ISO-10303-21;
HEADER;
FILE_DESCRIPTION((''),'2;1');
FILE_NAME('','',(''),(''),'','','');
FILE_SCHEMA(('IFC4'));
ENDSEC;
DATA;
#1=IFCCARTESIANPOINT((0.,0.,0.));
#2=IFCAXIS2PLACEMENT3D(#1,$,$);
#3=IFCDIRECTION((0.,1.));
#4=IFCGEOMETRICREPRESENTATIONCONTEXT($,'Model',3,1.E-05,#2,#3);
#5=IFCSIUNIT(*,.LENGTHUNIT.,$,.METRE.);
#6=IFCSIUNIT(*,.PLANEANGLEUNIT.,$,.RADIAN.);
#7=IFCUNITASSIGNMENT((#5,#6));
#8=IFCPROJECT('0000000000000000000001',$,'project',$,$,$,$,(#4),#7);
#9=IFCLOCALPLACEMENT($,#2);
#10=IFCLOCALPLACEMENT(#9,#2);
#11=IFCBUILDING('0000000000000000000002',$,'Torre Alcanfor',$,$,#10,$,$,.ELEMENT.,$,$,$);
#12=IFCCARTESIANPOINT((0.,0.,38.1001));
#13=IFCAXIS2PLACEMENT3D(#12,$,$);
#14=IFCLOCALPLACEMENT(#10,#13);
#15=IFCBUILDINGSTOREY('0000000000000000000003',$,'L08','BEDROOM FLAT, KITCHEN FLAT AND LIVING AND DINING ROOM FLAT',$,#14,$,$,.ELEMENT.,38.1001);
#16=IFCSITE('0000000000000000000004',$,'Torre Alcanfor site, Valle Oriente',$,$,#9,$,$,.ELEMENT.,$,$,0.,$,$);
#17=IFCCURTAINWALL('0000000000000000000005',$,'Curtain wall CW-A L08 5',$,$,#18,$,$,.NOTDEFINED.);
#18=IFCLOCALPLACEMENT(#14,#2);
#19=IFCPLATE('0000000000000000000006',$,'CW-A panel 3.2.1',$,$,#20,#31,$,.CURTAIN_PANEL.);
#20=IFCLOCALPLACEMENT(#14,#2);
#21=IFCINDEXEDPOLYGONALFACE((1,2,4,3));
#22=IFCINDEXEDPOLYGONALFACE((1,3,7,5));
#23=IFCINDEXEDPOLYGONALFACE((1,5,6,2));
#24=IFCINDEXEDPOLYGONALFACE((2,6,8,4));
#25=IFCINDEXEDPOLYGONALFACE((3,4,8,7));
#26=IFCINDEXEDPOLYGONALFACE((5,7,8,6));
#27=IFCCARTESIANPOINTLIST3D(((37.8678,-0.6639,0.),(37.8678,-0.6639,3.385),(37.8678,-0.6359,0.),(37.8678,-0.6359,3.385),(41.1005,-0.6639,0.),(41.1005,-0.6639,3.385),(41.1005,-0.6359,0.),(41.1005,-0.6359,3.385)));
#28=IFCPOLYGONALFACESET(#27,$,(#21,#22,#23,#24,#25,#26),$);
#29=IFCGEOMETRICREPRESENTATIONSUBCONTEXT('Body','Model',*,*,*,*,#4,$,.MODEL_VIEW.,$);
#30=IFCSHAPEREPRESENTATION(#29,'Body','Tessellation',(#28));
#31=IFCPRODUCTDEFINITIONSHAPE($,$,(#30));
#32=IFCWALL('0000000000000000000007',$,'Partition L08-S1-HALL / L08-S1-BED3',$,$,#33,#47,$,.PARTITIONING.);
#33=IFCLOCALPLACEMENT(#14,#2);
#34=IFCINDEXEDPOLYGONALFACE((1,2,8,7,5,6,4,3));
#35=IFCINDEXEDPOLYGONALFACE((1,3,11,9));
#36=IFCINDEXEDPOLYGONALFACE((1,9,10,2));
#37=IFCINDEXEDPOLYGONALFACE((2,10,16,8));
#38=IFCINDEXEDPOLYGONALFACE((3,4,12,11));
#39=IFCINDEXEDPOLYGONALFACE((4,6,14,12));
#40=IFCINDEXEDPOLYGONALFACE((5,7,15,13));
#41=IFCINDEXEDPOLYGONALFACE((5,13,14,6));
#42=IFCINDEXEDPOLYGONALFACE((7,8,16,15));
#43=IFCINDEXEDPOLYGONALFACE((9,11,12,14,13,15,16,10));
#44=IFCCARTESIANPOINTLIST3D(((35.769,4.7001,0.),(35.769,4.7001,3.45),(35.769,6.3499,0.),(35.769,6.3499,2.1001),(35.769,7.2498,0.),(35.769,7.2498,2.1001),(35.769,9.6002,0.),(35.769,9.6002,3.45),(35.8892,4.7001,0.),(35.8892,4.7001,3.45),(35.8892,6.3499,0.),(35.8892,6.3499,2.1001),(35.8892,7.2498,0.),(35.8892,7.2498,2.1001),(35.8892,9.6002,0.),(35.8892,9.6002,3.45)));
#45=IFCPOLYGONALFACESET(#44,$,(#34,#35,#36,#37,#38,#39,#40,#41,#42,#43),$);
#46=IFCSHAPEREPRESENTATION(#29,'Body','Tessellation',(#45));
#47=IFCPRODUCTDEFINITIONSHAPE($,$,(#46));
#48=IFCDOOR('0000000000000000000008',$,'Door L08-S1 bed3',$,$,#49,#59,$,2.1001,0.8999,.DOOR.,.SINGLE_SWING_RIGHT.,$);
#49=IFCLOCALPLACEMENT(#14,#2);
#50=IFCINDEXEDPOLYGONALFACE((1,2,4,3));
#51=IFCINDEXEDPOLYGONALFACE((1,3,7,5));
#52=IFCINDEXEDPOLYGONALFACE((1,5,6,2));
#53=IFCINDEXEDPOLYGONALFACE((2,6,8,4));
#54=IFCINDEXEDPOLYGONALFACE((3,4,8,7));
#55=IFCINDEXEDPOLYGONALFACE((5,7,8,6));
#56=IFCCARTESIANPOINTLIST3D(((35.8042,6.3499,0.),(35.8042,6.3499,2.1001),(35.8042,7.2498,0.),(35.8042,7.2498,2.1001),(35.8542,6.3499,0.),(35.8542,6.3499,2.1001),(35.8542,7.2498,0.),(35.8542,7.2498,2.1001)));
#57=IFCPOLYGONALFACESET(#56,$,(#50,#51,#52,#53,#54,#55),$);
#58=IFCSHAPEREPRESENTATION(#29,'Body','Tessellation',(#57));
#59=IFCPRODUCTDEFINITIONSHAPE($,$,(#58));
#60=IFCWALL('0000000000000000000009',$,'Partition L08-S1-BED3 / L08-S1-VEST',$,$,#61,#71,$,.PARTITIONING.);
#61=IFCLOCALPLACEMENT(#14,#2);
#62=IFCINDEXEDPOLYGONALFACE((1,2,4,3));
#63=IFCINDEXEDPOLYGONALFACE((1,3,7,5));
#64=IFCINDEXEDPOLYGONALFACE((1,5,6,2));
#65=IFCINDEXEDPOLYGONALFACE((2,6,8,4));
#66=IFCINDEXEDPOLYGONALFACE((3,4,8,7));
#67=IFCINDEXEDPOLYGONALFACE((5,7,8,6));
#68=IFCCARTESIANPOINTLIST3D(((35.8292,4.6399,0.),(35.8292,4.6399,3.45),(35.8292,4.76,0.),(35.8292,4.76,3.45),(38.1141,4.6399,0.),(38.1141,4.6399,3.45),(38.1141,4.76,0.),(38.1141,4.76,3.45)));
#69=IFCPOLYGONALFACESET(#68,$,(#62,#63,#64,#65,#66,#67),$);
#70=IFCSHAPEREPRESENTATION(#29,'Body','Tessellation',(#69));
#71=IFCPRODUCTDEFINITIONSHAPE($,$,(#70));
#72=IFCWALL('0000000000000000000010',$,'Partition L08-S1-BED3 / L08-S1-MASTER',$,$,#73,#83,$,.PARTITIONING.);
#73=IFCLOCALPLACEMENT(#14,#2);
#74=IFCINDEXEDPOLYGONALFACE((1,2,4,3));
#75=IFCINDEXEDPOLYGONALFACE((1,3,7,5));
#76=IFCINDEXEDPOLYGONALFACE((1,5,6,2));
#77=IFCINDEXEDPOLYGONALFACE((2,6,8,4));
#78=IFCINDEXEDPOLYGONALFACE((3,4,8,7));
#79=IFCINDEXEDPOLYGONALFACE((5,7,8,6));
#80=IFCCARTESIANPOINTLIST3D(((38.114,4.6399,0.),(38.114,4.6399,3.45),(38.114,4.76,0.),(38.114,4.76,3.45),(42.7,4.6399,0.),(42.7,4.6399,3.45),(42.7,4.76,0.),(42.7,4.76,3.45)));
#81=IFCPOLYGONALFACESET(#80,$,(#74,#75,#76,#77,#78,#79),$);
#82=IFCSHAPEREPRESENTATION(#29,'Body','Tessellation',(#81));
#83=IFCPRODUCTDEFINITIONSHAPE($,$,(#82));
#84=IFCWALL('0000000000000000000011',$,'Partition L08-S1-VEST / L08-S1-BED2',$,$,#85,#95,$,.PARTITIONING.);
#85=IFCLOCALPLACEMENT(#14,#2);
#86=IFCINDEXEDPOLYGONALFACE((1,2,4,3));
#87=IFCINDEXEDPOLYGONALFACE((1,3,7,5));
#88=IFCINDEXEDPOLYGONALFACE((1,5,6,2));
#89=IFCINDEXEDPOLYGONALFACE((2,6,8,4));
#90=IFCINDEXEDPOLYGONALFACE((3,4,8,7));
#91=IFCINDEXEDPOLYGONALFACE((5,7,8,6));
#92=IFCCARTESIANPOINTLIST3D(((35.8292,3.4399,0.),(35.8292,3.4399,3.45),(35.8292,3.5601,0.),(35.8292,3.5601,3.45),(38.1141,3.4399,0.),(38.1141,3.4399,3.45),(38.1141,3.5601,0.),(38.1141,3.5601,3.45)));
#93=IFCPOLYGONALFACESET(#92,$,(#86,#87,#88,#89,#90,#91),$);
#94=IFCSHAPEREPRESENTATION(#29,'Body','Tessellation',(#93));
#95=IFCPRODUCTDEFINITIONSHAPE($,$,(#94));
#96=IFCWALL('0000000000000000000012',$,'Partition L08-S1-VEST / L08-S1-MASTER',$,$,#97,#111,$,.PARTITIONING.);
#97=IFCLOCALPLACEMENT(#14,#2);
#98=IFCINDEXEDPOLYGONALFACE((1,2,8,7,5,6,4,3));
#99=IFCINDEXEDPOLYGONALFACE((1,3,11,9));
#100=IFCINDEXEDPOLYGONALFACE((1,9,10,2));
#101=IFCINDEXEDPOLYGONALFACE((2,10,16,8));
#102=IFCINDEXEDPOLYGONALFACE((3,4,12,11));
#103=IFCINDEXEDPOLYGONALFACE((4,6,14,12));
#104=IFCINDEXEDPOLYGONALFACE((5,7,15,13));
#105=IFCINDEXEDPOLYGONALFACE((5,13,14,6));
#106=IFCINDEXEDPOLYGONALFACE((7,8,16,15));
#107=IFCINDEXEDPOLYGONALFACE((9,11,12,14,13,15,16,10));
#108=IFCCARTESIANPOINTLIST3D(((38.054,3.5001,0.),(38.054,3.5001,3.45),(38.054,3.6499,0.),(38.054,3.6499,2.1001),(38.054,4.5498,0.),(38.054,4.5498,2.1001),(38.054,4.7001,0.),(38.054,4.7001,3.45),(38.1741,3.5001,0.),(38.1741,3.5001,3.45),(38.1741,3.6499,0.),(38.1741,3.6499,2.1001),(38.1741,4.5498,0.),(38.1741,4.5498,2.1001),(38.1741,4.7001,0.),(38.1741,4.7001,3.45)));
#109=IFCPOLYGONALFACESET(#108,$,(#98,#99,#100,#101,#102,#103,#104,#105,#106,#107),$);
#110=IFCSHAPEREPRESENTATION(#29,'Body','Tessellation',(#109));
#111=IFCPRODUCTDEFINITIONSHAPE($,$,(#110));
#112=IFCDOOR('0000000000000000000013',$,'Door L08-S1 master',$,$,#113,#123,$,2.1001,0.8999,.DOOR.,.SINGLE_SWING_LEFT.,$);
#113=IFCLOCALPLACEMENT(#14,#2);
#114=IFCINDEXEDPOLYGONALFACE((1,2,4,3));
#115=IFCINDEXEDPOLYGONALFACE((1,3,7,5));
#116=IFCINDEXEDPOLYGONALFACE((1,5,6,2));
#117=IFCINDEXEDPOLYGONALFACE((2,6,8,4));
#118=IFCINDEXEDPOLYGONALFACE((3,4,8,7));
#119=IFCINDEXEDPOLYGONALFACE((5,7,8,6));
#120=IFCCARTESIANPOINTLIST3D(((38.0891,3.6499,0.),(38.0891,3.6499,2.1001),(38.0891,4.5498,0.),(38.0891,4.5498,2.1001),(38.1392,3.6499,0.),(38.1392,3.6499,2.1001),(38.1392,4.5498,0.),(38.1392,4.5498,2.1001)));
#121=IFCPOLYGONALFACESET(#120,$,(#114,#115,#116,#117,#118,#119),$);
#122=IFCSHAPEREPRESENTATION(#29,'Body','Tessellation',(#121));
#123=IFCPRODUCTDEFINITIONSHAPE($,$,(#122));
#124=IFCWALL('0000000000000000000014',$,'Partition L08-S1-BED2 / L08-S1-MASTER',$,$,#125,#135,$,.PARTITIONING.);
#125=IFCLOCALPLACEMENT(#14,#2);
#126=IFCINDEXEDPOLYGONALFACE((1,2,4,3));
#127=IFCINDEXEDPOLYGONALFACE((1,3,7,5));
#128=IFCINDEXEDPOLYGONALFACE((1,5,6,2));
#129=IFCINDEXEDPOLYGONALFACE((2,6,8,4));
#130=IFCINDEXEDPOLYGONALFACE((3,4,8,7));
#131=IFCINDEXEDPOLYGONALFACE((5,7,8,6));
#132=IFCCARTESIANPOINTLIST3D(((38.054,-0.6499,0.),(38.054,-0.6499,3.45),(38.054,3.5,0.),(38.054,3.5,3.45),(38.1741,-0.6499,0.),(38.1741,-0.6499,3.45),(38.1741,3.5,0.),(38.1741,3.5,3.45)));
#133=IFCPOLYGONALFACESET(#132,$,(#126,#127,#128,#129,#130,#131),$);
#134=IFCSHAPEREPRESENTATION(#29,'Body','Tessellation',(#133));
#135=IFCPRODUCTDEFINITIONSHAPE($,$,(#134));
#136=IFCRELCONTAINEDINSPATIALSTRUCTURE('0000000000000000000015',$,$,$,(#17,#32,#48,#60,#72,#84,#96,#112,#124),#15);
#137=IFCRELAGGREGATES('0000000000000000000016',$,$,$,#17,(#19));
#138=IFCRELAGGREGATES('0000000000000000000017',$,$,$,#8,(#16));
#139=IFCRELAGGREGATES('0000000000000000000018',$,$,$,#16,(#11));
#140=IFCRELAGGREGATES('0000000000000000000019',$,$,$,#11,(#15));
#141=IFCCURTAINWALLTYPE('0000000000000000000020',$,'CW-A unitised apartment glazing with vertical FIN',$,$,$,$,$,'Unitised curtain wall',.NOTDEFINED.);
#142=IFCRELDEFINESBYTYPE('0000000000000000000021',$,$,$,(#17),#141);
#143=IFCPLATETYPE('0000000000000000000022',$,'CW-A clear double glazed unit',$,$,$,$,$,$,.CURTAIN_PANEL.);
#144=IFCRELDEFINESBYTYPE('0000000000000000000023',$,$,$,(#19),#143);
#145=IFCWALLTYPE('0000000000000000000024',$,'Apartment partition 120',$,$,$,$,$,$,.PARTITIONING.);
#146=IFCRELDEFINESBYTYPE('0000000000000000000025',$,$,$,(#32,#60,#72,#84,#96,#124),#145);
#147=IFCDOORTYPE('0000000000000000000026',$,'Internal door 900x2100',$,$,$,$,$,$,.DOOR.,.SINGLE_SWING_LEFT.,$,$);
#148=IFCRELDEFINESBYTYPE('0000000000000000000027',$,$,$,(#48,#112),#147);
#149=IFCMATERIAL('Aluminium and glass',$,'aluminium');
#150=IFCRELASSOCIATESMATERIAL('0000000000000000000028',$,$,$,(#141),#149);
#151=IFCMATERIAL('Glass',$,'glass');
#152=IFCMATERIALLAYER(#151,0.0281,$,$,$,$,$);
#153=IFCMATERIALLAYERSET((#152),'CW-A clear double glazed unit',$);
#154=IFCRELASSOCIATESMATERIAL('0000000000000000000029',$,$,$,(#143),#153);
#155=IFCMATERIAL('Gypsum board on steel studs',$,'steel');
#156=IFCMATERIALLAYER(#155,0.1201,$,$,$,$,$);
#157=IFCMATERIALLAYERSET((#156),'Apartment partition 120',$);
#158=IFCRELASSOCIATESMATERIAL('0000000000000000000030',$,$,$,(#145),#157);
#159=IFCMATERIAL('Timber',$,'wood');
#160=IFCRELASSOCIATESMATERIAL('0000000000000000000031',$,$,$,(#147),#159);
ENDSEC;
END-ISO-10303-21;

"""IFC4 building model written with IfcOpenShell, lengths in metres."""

from ifc_helpers import new_model, si_unit, direction, frame, frame_2d, origin, origin_2d, place, context, subcontext, project, spatial, rectangle, extrude, material, layer, layer_set, type_object, element, fill, aggregate, save


model = new_model("IFC4")

# Units and contexts
model_context = context("Model", 3, precision=1e-05, world=origin(), true_north=direction((0.0, 1.0)))
body_context = subcontext(model_context, "Body", "Model", "MODEL_VIEW")
ifc_project = project(units=[si_unit("LENGTHUNIT", "METRE"), si_unit("PLANEANGLEUNIT", "RADIAN")], contexts=[model_context])

# Site, building, storey
site_placement = place(None, origin())
site = spatial("IfcSite", under=ifc_project, at=site_placement, Name="Torre Alcanfor site, Valle Oriente", CompositionType="ELEMENT", RefElevation=0.0)
building_placement = place(site_placement, origin())
building = spatial("IfcBuilding", under=site, at=building_placement, Name="Torre Alcanfor", CompositionType="ELEMENT")
storey_placement = place(building_placement, frame((0.0, 0.0, 38.1001)))
storey = spatial("IfcBuildingStorey", under=building, at=storey_placement, Name="L08", Description="BEDROOM FLAT, KITCHEN FLAT AND LIVING AND DINING ROOM FLAT", CompositionType="ELEMENT", Elevation=38.1001)

# Curtain wall
ifc_material_1 = material(Name="Aluminium and glass", Category="aluminium")
curtain_wall_type = type_object("IfcCurtainWallType", Name="CW-A unitised apartment glazing with vertical FIN", ElementType="Unitised curtain wall", PredefinedType="NOTDEFINED", material=ifc_material_1)
curtain_wall_placement = place(storey_placement, origin())
curtain_wall = element("IfcCurtainWall", 1, at=curtain_wall_placement, inside=storey, type_object=curtain_wall_type, Name="Curtain wall CW-A L08 5", PredefinedType="NOTDEFINED")

# Plate
ifc_material_2 = material(Name="Glass", Category="glass")
ifc_layer_1 = layer(ifc_material_2, 0.0281)
ifc_layer_set_1 = layer_set([ifc_layer_1], Name="CW-A clear double glazed unit")
plate_type = type_object("IfcPlateType", Name="CW-A clear double glazed unit", PredefinedType="CURTAIN_PANEL", material=ifc_layer_set_1)
plate_1_placement = place(storey_placement, frame((39.4841, -0.6499, 0.0), z_axis=(0.0, 0.0, 1.0), x_axis=(1.0, 0.0, 0.0)))
plate_1 = element("IfcPlate", 2, at=plate_1_placement, type_object=plate_type, Name="CW-A panel 3.2.1", PredefinedType="CURTAIN_PANEL", context=body_context, shape_type="SweptSolid", body=[
    extrude(rectangle(XDim=3.2327, YDim=0.0281, at=origin_2d()), origin(), (0.0, 0.0, 1.0), 3.385),
])
aggregate(curtain_wall, [plate_1])

# Wall, opening, door
ifc_material_3 = material(Name="Gypsum board on steel studs", Category="steel")
ifc_layer_2 = layer(ifc_material_3, 0.1201)
ifc_layer_set_2 = layer_set([ifc_layer_2], Name="Apartment partition 120")
wall_type_1 = type_object("IfcWallType", Name="Apartment partition 120", PredefinedType="PARTITIONING", material=ifc_layer_set_2)
wall_1_placement = place(storey_placement, frame((35.8291, 4.7, 0.0), z_axis=(0.0, 0.0, 1.0), x_axis=(0.0, 1.0, 0.0)))
wall_1 = element("IfcWall", 3, at=wall_1_placement, inside=storey, type_object=wall_type_1, Name="Partition L08-S1-HALL / L08-S1-BED3", PredefinedType="PARTITIONING", context=body_context, shape_type="SweptSolid", body=[
    extrude(rectangle(XDim=4.9001, YDim=0.1201, at=frame_2d((2.4502, 0.0))), origin(), (0.0, 0.0, 1.0), 3.45),
])
opening_1_placement = place(wall_1_placement, frame((1.6499, 0.0, 0.0)))
opening_1 = element("IfcOpeningElement", 4, at=opening_1_placement, cuts=wall_1, PredefinedType="OPENING", context=body_context, shape_type="SweptSolid", body=[
    extrude(rectangle(XDim=0.8999, YDim=2.1001, at=frame_2d((0.45, 1.05))), frame((0.0, 0.0701, 0.0), z_axis=(0.0, -1.0, 0.0), x_axis=(1.0, 0.0, 0.0)), (0.0, 0.0, 1.0), 0.1401),
])
ifc_material_4 = material(Name="Timber", Category="wood")
door_type = type_object("IfcDoorType", Name="Internal door 900x2100", OperationType="SINGLE_SWING_LEFT", PredefinedType="DOOR", material=ifc_material_4)
door_1_placement = place(opening_1_placement, frame((0.8999, 0.0, 0.0), z_axis=(0.0, 0.0, 1.0), x_axis=(-1.0, 0.0, 0.0)))
door_1 = element("IfcDoor", 5, at=door_1_placement, inside=storey, type_object=door_type, Name="Door L08-S1 bed3", OperationType="SINGLE_SWING_RIGHT", OverallHeight=2.1001, OverallWidth=0.8999, PredefinedType="DOOR", context=body_context, shape_type="SweptSolid", body=[
    extrude(rectangle(XDim=0.8999, YDim=2.1001, at=frame_2d((0.45, 1.05))), frame((0.0, 0.0251, 0.0), z_axis=(0.0, -1.0, 0.0), x_axis=(1.0, 0.0, 0.0)), (0.0, 0.0, 1.0), 0.05),
])
fill(opening_1, door_1)

# Walls
wall_2_placement = place(storey_placement, frame((35.8291, 4.7, 0.0), z_axis=(0.0, 0.0, 1.0), x_axis=(1.0, 0.0, 0.0)))
element("IfcWall", 6, at=wall_2_placement, inside=storey, type_object=wall_type_1, Name="Partition L08-S1-BED3 / L08-S1-VEST", PredefinedType="PARTITIONING", context=body_context, shape_type="SweptSolid", body=[
    extrude(rectangle(XDim=2.2849, YDim=0.1201, at=frame_2d((1.1426, 0.0))), origin(), (0.0, 0.0, 1.0), 3.45),
])
wall_3_placement = place(storey_placement, frame((38.114, 4.7, 0.0), z_axis=(0.0, 0.0, 1.0), x_axis=(1.0, 0.0, 0.0)))
element("IfcWall", 7, at=wall_3_placement, inside=storey, type_object=wall_type_1, Name="Partition L08-S1-BED3 / L08-S1-MASTER", PredefinedType="PARTITIONING", context=body_context, shape_type="SweptSolid", body=[
    extrude(rectangle(XDim=4.5859, YDim=0.1201, at=frame_2d((2.293, 0.0))), origin(), (0.0, 0.0, 1.0), 3.45),
])
wall_4_placement = place(storey_placement, frame((35.8291, 3.5, 0.0), z_axis=(0.0, 0.0, 1.0), x_axis=(1.0, 0.0, 0.0)))
element("IfcWall", 8, at=wall_4_placement, inside=storey, type_object=wall_type_1, Name="Partition L08-S1-VEST / L08-S1-BED2", PredefinedType="PARTITIONING", context=body_context, shape_type="SweptSolid", body=[
    extrude(rectangle(XDim=2.2849, YDim=0.1201, at=frame_2d((1.1426, 0.0))), origin(), (0.0, 0.0, 1.0), 3.45),
])

# Wall, opening, door
wall_5_placement = place(storey_placement, frame((38.114, 3.5, 0.0), z_axis=(0.0, 0.0, 1.0), x_axis=(0.0, 1.0, 0.0)))
wall_5 = element("IfcWall", 9, at=wall_5_placement, inside=storey, type_object=wall_type_1, Name="Partition L08-S1-VEST / L08-S1-MASTER", PredefinedType="PARTITIONING", context=body_context, shape_type="SweptSolid", body=[
    extrude(rectangle(XDim=1.2, YDim=0.1201, at=frame_2d((0.6001, 0.0))), origin(), (0.0, 0.0, 1.0), 3.45),
])
opening_2_placement = place(wall_5_placement, frame((0.1499, 0.0, 0.0)))
opening_2 = element("IfcOpeningElement", 10, at=opening_2_placement, cuts=wall_5, PredefinedType="OPENING", context=body_context, shape_type="SweptSolid", body=[
    extrude(rectangle(XDim=0.8999, YDim=2.1001, at=frame_2d((0.45, 1.05))), frame((0.0, 0.0701, 0.0), z_axis=(0.0, -1.0, 0.0), x_axis=(1.0, 0.0, 0.0)), (0.0, 0.0, 1.0), 0.1401),
])
door_2_placement = place(opening_2_placement, origin())
door_2 = element("IfcDoor", 11, at=door_2_placement, inside=storey, type_object=door_type, Name="Door L08-S1 master", OperationType="SINGLE_SWING_LEFT", OverallHeight=2.1001, OverallWidth=0.8999, PredefinedType="DOOR", context=body_context, shape_type="SweptSolid", body=[
    extrude(rectangle(XDim=0.8999, YDim=2.1001, at=frame_2d((0.45, 1.05))), frame((0.0, 0.0249, 0.0), z_axis=(0.0, -1.0, 0.0), x_axis=(1.0, 0.0, 0.0)), (0.0, 0.0, 1.0), 0.05),
])
fill(opening_2, door_2)

# Wall
wall_6_placement = place(storey_placement, frame((38.114, -0.6499, 0.0), z_axis=(0.0, 0.0, 1.0), x_axis=(0.0, 1.0, 0.0)))
element("IfcWall", 12, at=wall_6_placement, inside=storey, type_object=wall_type_1, Name="Partition L08-S1-BED2 / L08-S1-MASTER", PredefinedType="PARTITIONING", context=body_context, shape_type="SweptSolid", body=[
    extrude(rectangle(XDim=4.1499, YDim=0.1201, at=frame_2d((2.075, 0.0))), origin(), (0.0, 0.0, 1.0), 3.45),
])

save(model, "model.ifc")
